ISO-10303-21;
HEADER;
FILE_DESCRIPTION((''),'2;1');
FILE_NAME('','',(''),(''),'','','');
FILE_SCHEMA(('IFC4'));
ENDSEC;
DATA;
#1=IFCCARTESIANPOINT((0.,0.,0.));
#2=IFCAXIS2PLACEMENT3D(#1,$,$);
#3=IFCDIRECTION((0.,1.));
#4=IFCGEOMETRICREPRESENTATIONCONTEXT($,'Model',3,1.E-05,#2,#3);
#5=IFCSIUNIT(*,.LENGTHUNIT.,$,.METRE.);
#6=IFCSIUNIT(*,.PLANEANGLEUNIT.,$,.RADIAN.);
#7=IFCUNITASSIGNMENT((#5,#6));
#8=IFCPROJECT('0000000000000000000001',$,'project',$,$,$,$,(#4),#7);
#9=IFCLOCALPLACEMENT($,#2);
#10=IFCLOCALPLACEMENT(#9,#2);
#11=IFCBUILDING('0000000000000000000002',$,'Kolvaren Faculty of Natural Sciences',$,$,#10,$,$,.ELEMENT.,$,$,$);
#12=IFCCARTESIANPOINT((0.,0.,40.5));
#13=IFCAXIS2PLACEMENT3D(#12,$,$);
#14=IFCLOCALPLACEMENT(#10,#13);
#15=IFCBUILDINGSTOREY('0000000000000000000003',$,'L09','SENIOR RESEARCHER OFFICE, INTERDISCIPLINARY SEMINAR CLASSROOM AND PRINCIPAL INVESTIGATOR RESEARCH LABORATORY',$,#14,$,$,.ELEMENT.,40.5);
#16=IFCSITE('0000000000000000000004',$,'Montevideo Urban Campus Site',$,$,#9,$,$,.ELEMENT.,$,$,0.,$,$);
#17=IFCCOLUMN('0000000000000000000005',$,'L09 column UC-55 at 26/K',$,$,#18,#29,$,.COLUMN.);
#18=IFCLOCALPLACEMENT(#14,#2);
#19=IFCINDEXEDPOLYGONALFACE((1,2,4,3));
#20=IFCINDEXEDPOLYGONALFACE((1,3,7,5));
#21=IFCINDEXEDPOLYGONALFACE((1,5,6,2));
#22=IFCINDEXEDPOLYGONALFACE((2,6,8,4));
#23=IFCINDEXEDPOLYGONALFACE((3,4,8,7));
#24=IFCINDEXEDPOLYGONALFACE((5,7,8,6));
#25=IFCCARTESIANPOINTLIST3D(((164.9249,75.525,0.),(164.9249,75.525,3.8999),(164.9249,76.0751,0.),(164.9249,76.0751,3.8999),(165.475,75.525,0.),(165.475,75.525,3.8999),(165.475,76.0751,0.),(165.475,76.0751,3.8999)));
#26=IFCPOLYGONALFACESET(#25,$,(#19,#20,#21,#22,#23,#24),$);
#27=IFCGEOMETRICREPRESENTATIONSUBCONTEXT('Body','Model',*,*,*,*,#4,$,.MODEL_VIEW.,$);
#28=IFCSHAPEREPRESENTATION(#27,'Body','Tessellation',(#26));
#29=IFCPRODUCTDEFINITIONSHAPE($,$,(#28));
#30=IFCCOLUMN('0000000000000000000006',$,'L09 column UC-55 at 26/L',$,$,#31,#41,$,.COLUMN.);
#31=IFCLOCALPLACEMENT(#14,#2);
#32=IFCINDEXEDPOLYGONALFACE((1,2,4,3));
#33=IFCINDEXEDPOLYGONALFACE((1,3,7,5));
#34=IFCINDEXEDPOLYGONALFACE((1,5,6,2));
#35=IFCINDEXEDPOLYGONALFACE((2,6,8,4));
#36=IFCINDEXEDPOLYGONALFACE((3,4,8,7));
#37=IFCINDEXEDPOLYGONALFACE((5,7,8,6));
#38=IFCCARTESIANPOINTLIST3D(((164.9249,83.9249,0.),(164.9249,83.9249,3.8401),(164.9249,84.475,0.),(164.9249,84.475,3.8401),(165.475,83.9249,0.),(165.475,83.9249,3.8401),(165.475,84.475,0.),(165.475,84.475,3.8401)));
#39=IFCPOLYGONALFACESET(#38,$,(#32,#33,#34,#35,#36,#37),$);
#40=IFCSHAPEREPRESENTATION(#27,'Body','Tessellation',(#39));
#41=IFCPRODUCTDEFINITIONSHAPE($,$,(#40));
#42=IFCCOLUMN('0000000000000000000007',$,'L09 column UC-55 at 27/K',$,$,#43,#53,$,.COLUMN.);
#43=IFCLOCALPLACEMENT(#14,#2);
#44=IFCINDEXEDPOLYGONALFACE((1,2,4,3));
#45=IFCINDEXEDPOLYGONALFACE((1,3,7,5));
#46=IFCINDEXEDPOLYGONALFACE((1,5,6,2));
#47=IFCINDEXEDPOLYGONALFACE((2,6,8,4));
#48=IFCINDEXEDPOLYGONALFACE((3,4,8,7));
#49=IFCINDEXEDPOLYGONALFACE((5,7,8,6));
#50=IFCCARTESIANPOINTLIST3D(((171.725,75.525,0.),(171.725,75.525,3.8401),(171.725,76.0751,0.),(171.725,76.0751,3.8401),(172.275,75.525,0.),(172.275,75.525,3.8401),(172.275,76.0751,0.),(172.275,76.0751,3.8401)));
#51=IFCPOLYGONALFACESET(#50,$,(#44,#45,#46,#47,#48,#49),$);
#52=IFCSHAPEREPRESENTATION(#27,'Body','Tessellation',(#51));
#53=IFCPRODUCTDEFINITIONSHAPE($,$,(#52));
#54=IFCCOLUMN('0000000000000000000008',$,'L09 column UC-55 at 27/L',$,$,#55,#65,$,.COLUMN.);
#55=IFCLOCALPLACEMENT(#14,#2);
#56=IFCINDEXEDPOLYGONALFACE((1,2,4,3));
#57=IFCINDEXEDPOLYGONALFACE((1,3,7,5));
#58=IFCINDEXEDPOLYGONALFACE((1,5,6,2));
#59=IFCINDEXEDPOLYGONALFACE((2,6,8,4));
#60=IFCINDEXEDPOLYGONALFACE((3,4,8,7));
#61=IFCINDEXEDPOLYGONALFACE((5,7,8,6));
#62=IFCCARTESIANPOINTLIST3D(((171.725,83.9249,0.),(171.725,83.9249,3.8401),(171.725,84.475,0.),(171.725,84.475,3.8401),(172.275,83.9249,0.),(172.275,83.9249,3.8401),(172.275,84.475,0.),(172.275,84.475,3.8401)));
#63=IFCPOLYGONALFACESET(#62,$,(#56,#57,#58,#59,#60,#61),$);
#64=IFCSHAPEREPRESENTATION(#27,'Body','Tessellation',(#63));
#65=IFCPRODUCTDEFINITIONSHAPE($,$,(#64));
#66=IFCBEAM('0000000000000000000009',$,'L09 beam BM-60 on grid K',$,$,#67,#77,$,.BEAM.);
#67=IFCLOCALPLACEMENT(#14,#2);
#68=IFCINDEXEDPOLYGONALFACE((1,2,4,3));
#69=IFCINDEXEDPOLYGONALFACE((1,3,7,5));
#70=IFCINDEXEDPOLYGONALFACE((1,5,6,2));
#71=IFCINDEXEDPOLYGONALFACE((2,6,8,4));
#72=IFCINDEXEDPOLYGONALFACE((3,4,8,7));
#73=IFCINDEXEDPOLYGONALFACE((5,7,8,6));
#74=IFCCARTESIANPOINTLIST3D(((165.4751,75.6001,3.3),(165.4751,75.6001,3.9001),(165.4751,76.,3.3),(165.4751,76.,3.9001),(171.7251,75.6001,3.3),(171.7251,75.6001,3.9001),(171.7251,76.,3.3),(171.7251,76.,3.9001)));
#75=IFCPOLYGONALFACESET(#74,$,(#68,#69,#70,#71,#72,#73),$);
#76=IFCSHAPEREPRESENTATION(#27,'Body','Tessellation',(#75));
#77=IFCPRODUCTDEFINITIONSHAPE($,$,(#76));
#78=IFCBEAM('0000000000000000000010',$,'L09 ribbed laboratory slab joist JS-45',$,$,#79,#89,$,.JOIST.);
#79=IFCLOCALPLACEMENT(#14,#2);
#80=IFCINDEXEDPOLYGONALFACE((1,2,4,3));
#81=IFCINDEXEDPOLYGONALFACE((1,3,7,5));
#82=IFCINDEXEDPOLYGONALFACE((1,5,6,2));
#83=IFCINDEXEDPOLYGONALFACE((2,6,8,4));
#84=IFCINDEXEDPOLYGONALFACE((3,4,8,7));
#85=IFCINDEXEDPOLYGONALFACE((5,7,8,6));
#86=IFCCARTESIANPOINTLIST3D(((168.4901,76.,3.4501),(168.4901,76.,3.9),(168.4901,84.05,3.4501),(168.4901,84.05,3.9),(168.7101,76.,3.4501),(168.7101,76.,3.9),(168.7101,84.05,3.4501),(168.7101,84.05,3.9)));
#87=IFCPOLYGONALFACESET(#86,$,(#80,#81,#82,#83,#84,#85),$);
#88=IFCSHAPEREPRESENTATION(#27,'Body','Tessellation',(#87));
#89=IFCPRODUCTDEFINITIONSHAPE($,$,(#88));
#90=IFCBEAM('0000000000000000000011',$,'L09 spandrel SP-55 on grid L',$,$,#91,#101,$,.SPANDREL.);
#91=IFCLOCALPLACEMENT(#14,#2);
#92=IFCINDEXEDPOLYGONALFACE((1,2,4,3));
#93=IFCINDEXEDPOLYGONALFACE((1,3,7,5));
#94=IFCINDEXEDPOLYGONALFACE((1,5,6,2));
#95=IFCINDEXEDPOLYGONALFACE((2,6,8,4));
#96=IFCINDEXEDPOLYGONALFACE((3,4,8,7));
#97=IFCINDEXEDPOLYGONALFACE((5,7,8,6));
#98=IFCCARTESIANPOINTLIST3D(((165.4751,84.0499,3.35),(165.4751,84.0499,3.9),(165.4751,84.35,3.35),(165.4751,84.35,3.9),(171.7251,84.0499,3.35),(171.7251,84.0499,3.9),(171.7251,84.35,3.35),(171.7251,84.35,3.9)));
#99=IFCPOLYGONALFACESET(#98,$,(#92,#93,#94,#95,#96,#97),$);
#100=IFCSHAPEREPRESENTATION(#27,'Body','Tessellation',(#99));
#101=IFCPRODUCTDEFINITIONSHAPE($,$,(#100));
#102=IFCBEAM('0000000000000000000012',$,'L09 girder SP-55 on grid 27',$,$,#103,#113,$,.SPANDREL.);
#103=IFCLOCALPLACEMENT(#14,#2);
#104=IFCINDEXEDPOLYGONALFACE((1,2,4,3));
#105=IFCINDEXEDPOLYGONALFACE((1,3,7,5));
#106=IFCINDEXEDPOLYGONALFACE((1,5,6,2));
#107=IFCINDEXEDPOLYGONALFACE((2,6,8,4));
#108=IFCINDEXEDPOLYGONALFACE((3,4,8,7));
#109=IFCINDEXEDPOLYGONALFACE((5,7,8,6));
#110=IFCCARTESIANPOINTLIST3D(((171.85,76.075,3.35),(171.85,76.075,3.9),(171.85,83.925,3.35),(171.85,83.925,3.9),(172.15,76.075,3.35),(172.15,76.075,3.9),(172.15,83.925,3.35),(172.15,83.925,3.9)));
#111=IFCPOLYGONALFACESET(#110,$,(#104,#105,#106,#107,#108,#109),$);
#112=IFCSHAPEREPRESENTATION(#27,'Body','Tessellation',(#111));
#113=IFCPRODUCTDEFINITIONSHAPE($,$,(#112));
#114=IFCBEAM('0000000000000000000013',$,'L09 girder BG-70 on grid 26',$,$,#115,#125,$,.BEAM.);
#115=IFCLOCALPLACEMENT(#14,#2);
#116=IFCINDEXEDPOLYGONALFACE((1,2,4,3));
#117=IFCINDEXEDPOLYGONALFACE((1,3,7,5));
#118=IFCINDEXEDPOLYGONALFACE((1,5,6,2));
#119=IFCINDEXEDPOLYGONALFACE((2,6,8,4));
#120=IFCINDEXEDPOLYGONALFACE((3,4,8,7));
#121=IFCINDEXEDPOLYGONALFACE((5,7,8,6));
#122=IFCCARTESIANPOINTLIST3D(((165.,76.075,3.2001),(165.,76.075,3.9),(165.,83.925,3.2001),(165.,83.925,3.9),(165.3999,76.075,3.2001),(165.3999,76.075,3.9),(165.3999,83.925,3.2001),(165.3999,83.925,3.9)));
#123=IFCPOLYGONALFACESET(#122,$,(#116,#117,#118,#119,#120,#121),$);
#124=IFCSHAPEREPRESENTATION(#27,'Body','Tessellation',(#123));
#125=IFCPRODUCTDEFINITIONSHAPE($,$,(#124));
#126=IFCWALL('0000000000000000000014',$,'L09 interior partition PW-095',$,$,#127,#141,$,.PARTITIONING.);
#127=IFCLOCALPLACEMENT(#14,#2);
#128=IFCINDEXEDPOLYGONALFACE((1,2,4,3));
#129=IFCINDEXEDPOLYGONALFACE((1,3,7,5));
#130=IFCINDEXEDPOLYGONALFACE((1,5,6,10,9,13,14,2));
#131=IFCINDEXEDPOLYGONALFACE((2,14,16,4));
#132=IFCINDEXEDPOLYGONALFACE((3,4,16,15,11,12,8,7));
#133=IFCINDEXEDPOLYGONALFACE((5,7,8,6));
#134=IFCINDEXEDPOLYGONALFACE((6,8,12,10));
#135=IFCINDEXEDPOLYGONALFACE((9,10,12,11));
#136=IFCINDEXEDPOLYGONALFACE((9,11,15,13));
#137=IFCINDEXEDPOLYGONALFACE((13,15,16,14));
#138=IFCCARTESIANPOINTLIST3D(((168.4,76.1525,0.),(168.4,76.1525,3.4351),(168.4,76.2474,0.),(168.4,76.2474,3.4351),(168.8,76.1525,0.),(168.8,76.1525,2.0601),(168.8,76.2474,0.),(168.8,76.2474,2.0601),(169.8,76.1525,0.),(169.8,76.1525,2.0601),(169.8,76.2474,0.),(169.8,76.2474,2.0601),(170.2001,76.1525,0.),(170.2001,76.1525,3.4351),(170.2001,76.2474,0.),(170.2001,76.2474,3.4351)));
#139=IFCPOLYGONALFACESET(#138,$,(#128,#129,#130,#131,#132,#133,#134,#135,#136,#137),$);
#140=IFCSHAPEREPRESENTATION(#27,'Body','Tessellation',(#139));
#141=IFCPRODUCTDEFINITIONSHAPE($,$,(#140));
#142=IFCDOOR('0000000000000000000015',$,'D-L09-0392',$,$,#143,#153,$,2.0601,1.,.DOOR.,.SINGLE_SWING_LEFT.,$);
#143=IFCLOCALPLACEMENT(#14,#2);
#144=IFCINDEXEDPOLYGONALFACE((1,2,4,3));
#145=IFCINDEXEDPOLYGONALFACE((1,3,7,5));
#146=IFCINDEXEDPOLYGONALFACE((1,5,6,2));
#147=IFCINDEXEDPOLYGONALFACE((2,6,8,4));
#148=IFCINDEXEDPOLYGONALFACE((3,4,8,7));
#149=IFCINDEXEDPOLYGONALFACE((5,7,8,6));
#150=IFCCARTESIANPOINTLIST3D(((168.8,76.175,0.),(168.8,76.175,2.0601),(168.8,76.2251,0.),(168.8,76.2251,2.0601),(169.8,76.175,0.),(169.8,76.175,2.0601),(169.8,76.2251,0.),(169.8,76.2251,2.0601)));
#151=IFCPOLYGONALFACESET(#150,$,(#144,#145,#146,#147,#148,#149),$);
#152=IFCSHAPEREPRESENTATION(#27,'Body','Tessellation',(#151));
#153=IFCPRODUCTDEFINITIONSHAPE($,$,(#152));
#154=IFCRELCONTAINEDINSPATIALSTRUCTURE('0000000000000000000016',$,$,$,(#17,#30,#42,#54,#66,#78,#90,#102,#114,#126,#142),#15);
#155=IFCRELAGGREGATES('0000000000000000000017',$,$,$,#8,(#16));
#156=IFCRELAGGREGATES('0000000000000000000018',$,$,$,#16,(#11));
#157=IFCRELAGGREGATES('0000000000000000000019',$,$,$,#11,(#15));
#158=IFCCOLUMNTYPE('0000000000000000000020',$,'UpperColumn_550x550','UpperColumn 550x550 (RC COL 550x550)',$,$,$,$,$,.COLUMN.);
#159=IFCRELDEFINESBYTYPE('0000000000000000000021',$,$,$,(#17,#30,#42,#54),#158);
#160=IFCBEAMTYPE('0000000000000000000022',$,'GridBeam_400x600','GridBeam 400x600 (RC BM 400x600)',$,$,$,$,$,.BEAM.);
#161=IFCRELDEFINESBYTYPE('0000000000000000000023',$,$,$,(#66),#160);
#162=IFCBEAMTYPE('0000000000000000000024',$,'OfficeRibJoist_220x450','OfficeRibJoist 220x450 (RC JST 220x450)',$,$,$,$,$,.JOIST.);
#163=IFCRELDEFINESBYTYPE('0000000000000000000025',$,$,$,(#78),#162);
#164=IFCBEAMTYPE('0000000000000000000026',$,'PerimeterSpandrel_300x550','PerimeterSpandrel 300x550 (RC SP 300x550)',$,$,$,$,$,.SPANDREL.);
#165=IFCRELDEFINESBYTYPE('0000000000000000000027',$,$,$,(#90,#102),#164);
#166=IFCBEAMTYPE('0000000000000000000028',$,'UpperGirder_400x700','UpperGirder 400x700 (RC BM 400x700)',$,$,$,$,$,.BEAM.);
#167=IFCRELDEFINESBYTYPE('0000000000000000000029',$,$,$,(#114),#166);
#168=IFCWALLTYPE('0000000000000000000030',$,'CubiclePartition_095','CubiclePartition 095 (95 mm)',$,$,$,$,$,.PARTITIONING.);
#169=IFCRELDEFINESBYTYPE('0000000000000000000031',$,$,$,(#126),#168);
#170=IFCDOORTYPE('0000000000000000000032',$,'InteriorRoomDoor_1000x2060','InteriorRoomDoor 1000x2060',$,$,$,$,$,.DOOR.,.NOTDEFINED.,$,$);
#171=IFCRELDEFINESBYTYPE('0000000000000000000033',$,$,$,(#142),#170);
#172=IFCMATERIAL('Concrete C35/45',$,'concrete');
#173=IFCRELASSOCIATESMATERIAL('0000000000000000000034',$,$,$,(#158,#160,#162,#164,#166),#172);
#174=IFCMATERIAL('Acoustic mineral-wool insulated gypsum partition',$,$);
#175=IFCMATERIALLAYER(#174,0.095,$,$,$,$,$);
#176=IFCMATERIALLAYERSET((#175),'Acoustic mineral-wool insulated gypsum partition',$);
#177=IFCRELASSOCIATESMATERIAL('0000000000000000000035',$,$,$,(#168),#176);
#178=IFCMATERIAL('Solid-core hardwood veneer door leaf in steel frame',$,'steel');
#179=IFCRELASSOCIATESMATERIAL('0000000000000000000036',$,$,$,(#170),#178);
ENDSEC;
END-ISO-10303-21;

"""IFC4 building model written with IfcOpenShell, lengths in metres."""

from ifc_helpers import new_model, si_unit, direction, frame, frame_2d, origin, origin_2d, place, context, subcontext, project, spatial, rectangle, extrude, material, layer, layer_set, material_profile, profile_set, type_object, element, fill, save


model = new_model("IFC4")

# Units and contexts
model_context = context("Model", 3, precision=1e-05, world=origin(), true_north=direction((0.0, 1.0)))
body_context = subcontext(model_context, "Body", "Model", "MODEL_VIEW")
ifc_project = project(units=[si_unit("LENGTHUNIT", "METRE"), si_unit("PLANEANGLEUNIT", "RADIAN")], contexts=[model_context])

# Site, building, storey
site_placement = place(None, origin())
site = spatial("IfcSite", under=ifc_project, at=site_placement, Name="Montevideo Urban Campus Site", CompositionType="ELEMENT", RefElevation=0.0)
building_placement = place(site_placement, origin())
building = spatial("IfcBuilding", under=site, at=building_placement, Name="Kolvaren Faculty of Natural Sciences", CompositionType="ELEMENT")
storey_placement = place(building_placement, frame((0.0, 0.0, 40.5)))
storey = spatial("IfcBuildingStorey", under=building, at=storey_placement, Name="L09", Description="SENIOR RESEARCHER OFFICE, INTERDISCIPLINARY SEMINAR CLASSROOM AND PRINCIPAL INVESTIGATOR RESEARCH LABORATORY", CompositionType="ELEMENT", Elevation=40.5)

# Columns
ifc_material_1 = material(Name="Concrete C35/45", Category="concrete")
ifc_material_profile_1 = material_profile(ifc_material_1, rectangle(XDim=0.55, YDim=0.55, at=origin_2d()), Name="RC COL 550x550")
ifc_profile_set_1 = profile_set([ifc_material_profile_1], Name="Concrete C35/45")
column_type = type_object("IfcColumnType", Name="UpperColumn_550x550", Description="UpperColumn 550x550 (RC COL 550x550)", PredefinedType="COLUMN", material=ifc_profile_set_1)
column_placement = place(storey_placement, frame((165.2, 75.8, 0.0), z_axis=(0.0, 0.0, 1.0), x_axis=(1.0, 0.0, 0.0)))
element("IfcColumn", 1, at=column_placement, inside=storey, type_object=column_type, Name="L09 column UC-55 at 26/K", PredefinedType="COLUMN", context=body_context, shape_type="SweptSolid", body=[
    extrude(rectangle(XDim=0.55, YDim=0.55, at=origin_2d()), origin(), (0.0, 0.0, 1.0), 3.8999),
])
for number, where, z_axis, x_axis, name in (
    (2, (165.2, 84.2, 0.0), (0.0, 0.0, 1.0), (1.0, 0.0, 0.0), "L09 column UC-55 at 26/L"),
    (3, (172.0, 75.8, 0.0), (0.0, 0.0, 1.0), (1.0, 0.0, 0.0), "L09 column UC-55 at 27/K"),
    (4, (172.0, 84.2, 0.0), (0.0, 0.0, 1.0), (1.0, 0.0, 0.0), "L09 column UC-55 at 27/L"),
):
    element("IfcColumn", number, at=place(storey_placement, frame(where, z_axis=z_axis, x_axis=x_axis)), inside=storey, type_object=column_type, Name=name, PredefinedType="COLUMN", context=body_context, shape_type="SweptSolid", body=[
        extrude(rectangle(XDim=0.55, YDim=0.55, at=origin_2d()), origin(), (0.0, 0.0, 1.0), 3.8401),
    ])

# Beams
ifc_material_profile_2 = material_profile(ifc_material_1, rectangle(XDim=0.3999, YDim=0.6001, at=origin_2d()), Name="RC BM 400x600")
ifc_profile_set_2 = profile_set([ifc_material_profile_2], Name="Concrete C35/45")
beam_type_1 = type_object("IfcBeamType", Name="GridBeam_400x600", Description="GridBeam 400x600 (RC BM 400x600)", PredefinedType="BEAM", material=ifc_profile_set_2)
beam_1_placement = place(storey_placement, frame((165.4751, 75.8, 3.6001), z_axis=(1.0, 0.0, 0.0), x_axis=(0.0, 1.0, 0.0)))
element("IfcBeam", 5, at=beam_1_placement, inside=storey, type_object=beam_type_1, Name="L09 beam BM-60 on grid K", PredefinedType="BEAM", context=body_context, shape_type="SweptSolid", body=[
    extrude(rectangle(XDim=0.3999, YDim=0.6001, at=origin_2d()), origin(), (0.0, 0.0, 1.0), 6.25),
])
ifc_material_profile_3 = material_profile(ifc_material_1, rectangle(XDim=0.22, YDim=0.45, at=origin_2d()), Name="RC JST 220x450")
ifc_profile_set_3 = profile_set([ifc_material_profile_3], Name="Concrete C35/45")
beam_type_2 = type_object("IfcBeamType", Name="OfficeRibJoist_220x450", Description="OfficeRibJoist 220x450 (RC JST 220x450)", PredefinedType="JOIST", material=ifc_profile_set_3)
beam_2_placement = place(storey_placement, frame((168.6001, 76.0, 3.675), z_axis=(0.0, 1.0, 0.0), x_axis=(-1.0, 0.0, 0.0)))
element("IfcBeam", 6, at=beam_2_placement, inside=storey, type_object=beam_type_2, Name="L09 ribbed laboratory slab joist JS-45", PredefinedType="JOIST", context=body_context, shape_type="SweptSolid", body=[
    extrude(rectangle(XDim=0.22, YDim=0.45, at=origin_2d()), origin(), (0.0, 0.0, 1.0), 8.05),
])
ifc_material_profile_4 = material_profile(ifc_material_1, rectangle(XDim=0.3, YDim=0.55, at=origin_2d()), Name="RC SP 300x550")
ifc_profile_set_4 = profile_set([ifc_material_profile_4], Name="Concrete C35/45")
beam_type_3 = type_object("IfcBeamType", Name="PerimeterSpandrel_300x550", Description="PerimeterSpandrel 300x550 (RC SP 300x550)", PredefinedType="SPANDREL", material=ifc_profile_set_4)
beam_3_placement = place(storey_placement, frame((165.4751, 84.2, 3.625), z_axis=(1.0, 0.0, 0.0), x_axis=(0.0, 1.0, 0.0)))
element("IfcBeam", 7, at=beam_3_placement, inside=storey, type_object=beam_type_3, Name="L09 spandrel SP-55 on grid L", PredefinedType="SPANDREL", context=body_context, shape_type="SweptSolid", body=[
    extrude(rectangle(XDim=0.3, YDim=0.55, at=origin_2d()), origin(), (0.0, 0.0, 1.0), 6.25),
])
beam_4_placement = place(storey_placement, frame((172.0, 76.075, 3.625), z_axis=(0.0, 1.0, 0.0), x_axis=(-1.0, 0.0, 0.0)))
element("IfcBeam", 8, at=beam_4_placement, inside=storey, type_object=beam_type_3, Name="L09 girder SP-55 on grid 27", PredefinedType="SPANDREL", context=body_context, shape_type="SweptSolid", body=[
    extrude(rectangle(XDim=0.3, YDim=0.55, at=origin_2d()), origin(), (0.0, 0.0, 1.0), 7.8501),
])
ifc_material_profile_5 = material_profile(ifc_material_1, rectangle(XDim=0.3999, YDim=0.7, at=origin_2d()), Name="RC BM 400x700")
ifc_profile_set_5 = profile_set([ifc_material_profile_5], Name="Concrete C35/45")
beam_type_4 = type_object("IfcBeamType", Name="UpperGirder_400x700", Description="UpperGirder 400x700 (RC BM 400x700)", PredefinedType="BEAM", material=ifc_profile_set_5)
beam_5_placement = place(storey_placement, frame((165.2, 76.075, 3.55), z_axis=(0.0, 1.0, 0.0), x_axis=(-1.0, 0.0, 0.0)))
element("IfcBeam", 9, at=beam_5_placement, inside=storey, type_object=beam_type_4, Name="L09 girder BG-70 on grid 26", PredefinedType="BEAM", context=body_context, shape_type="SweptSolid", body=[
    extrude(rectangle(XDim=0.3999, YDim=0.7, at=origin_2d()), origin(), (0.0, 0.0, 1.0), 7.8501),
])

# Wall, opening, door
ifc_material_2 = material(Name="Acoustic mineral-wool insulated gypsum partition")
ifc_layer_1 = layer(ifc_material_2, 0.095)
ifc_layer_set_1 = layer_set([ifc_layer_1], Name="Acoustic mineral-wool insulated gypsum partition")
wall_type_1 = type_object("IfcWallType", Name="CubiclePartition_095", Description="CubiclePartition 095 (95 mm)", PredefinedType="PARTITIONING", material=ifc_layer_set_1)
wall_1_placement = place(storey_placement, frame((170.2, 76.2, 0.0), z_axis=(0.0, 0.0, 1.0), x_axis=(-1.0, 0.0, 0.0)))
wall_1 = element("IfcWall", 10, at=wall_1_placement, inside=storey, type_object=wall_type_1, Name="L09 interior partition PW-095", PredefinedType="PARTITIONING", context=body_context, shape_type="SweptSolid", body=[
    extrude(rectangle(XDim=1.8, YDim=0.095, at=frame_2d((0.8999, 0.0))), origin(), (0.0, 0.0, 1.0), 3.4351),
])
opening_1_placement = place(wall_1_placement, frame((0.3999, 0.0, 0.0)))
opening_1 = element("IfcOpeningElement", 11, at=opening_1_placement, cuts=wall_1, PredefinedType="OPENING", context=body_context, shape_type="SweptSolid", body=[
    extrude(rectangle(XDim=1.0, YDim=2.0601, at=frame_2d((0.5, 1.03))), frame((0.0, 0.0574, 0.0), z_axis=(0.0, -1.0, 0.0), x_axis=(1.0, 0.0, 0.0)), (0.0, 0.0, 1.0), 0.115),
])
ifc_material_3 = material(Name="Solid-core hardwood veneer door leaf in steel frame", Category="steel")
door_type_1 = type_object("IfcDoorType", Name="InteriorRoomDoor_1000x2060", Description="InteriorRoomDoor 1000x2060", OperationType="NOTDEFINED", PredefinedType="DOOR", material=ifc_material_3)
door_1_placement = place(opening_1_placement, origin())
door_1 = element("IfcDoor", 12, at=door_1_placement, inside=storey, type_object=door_type_1, Name="D-L09-0392", OperationType="SINGLE_SWING_LEFT", OverallHeight=2.0601, OverallWidth=1.0, PredefinedType="DOOR", context=body_context, shape_type="SweptSolid", body=[
    extrude(rectangle(XDim=1.0, YDim=2.0601, at=frame_2d((0.5, 1.03))), frame((0.0, 0.0249, 0.0), z_axis=(0.0, -1.0, 0.0), x_axis=(1.0, 0.0, 0.0)), (0.0, 0.0, 1.0), 0.05),
])
fill(opening_1, door_1)

save(model, "model.ifc")
